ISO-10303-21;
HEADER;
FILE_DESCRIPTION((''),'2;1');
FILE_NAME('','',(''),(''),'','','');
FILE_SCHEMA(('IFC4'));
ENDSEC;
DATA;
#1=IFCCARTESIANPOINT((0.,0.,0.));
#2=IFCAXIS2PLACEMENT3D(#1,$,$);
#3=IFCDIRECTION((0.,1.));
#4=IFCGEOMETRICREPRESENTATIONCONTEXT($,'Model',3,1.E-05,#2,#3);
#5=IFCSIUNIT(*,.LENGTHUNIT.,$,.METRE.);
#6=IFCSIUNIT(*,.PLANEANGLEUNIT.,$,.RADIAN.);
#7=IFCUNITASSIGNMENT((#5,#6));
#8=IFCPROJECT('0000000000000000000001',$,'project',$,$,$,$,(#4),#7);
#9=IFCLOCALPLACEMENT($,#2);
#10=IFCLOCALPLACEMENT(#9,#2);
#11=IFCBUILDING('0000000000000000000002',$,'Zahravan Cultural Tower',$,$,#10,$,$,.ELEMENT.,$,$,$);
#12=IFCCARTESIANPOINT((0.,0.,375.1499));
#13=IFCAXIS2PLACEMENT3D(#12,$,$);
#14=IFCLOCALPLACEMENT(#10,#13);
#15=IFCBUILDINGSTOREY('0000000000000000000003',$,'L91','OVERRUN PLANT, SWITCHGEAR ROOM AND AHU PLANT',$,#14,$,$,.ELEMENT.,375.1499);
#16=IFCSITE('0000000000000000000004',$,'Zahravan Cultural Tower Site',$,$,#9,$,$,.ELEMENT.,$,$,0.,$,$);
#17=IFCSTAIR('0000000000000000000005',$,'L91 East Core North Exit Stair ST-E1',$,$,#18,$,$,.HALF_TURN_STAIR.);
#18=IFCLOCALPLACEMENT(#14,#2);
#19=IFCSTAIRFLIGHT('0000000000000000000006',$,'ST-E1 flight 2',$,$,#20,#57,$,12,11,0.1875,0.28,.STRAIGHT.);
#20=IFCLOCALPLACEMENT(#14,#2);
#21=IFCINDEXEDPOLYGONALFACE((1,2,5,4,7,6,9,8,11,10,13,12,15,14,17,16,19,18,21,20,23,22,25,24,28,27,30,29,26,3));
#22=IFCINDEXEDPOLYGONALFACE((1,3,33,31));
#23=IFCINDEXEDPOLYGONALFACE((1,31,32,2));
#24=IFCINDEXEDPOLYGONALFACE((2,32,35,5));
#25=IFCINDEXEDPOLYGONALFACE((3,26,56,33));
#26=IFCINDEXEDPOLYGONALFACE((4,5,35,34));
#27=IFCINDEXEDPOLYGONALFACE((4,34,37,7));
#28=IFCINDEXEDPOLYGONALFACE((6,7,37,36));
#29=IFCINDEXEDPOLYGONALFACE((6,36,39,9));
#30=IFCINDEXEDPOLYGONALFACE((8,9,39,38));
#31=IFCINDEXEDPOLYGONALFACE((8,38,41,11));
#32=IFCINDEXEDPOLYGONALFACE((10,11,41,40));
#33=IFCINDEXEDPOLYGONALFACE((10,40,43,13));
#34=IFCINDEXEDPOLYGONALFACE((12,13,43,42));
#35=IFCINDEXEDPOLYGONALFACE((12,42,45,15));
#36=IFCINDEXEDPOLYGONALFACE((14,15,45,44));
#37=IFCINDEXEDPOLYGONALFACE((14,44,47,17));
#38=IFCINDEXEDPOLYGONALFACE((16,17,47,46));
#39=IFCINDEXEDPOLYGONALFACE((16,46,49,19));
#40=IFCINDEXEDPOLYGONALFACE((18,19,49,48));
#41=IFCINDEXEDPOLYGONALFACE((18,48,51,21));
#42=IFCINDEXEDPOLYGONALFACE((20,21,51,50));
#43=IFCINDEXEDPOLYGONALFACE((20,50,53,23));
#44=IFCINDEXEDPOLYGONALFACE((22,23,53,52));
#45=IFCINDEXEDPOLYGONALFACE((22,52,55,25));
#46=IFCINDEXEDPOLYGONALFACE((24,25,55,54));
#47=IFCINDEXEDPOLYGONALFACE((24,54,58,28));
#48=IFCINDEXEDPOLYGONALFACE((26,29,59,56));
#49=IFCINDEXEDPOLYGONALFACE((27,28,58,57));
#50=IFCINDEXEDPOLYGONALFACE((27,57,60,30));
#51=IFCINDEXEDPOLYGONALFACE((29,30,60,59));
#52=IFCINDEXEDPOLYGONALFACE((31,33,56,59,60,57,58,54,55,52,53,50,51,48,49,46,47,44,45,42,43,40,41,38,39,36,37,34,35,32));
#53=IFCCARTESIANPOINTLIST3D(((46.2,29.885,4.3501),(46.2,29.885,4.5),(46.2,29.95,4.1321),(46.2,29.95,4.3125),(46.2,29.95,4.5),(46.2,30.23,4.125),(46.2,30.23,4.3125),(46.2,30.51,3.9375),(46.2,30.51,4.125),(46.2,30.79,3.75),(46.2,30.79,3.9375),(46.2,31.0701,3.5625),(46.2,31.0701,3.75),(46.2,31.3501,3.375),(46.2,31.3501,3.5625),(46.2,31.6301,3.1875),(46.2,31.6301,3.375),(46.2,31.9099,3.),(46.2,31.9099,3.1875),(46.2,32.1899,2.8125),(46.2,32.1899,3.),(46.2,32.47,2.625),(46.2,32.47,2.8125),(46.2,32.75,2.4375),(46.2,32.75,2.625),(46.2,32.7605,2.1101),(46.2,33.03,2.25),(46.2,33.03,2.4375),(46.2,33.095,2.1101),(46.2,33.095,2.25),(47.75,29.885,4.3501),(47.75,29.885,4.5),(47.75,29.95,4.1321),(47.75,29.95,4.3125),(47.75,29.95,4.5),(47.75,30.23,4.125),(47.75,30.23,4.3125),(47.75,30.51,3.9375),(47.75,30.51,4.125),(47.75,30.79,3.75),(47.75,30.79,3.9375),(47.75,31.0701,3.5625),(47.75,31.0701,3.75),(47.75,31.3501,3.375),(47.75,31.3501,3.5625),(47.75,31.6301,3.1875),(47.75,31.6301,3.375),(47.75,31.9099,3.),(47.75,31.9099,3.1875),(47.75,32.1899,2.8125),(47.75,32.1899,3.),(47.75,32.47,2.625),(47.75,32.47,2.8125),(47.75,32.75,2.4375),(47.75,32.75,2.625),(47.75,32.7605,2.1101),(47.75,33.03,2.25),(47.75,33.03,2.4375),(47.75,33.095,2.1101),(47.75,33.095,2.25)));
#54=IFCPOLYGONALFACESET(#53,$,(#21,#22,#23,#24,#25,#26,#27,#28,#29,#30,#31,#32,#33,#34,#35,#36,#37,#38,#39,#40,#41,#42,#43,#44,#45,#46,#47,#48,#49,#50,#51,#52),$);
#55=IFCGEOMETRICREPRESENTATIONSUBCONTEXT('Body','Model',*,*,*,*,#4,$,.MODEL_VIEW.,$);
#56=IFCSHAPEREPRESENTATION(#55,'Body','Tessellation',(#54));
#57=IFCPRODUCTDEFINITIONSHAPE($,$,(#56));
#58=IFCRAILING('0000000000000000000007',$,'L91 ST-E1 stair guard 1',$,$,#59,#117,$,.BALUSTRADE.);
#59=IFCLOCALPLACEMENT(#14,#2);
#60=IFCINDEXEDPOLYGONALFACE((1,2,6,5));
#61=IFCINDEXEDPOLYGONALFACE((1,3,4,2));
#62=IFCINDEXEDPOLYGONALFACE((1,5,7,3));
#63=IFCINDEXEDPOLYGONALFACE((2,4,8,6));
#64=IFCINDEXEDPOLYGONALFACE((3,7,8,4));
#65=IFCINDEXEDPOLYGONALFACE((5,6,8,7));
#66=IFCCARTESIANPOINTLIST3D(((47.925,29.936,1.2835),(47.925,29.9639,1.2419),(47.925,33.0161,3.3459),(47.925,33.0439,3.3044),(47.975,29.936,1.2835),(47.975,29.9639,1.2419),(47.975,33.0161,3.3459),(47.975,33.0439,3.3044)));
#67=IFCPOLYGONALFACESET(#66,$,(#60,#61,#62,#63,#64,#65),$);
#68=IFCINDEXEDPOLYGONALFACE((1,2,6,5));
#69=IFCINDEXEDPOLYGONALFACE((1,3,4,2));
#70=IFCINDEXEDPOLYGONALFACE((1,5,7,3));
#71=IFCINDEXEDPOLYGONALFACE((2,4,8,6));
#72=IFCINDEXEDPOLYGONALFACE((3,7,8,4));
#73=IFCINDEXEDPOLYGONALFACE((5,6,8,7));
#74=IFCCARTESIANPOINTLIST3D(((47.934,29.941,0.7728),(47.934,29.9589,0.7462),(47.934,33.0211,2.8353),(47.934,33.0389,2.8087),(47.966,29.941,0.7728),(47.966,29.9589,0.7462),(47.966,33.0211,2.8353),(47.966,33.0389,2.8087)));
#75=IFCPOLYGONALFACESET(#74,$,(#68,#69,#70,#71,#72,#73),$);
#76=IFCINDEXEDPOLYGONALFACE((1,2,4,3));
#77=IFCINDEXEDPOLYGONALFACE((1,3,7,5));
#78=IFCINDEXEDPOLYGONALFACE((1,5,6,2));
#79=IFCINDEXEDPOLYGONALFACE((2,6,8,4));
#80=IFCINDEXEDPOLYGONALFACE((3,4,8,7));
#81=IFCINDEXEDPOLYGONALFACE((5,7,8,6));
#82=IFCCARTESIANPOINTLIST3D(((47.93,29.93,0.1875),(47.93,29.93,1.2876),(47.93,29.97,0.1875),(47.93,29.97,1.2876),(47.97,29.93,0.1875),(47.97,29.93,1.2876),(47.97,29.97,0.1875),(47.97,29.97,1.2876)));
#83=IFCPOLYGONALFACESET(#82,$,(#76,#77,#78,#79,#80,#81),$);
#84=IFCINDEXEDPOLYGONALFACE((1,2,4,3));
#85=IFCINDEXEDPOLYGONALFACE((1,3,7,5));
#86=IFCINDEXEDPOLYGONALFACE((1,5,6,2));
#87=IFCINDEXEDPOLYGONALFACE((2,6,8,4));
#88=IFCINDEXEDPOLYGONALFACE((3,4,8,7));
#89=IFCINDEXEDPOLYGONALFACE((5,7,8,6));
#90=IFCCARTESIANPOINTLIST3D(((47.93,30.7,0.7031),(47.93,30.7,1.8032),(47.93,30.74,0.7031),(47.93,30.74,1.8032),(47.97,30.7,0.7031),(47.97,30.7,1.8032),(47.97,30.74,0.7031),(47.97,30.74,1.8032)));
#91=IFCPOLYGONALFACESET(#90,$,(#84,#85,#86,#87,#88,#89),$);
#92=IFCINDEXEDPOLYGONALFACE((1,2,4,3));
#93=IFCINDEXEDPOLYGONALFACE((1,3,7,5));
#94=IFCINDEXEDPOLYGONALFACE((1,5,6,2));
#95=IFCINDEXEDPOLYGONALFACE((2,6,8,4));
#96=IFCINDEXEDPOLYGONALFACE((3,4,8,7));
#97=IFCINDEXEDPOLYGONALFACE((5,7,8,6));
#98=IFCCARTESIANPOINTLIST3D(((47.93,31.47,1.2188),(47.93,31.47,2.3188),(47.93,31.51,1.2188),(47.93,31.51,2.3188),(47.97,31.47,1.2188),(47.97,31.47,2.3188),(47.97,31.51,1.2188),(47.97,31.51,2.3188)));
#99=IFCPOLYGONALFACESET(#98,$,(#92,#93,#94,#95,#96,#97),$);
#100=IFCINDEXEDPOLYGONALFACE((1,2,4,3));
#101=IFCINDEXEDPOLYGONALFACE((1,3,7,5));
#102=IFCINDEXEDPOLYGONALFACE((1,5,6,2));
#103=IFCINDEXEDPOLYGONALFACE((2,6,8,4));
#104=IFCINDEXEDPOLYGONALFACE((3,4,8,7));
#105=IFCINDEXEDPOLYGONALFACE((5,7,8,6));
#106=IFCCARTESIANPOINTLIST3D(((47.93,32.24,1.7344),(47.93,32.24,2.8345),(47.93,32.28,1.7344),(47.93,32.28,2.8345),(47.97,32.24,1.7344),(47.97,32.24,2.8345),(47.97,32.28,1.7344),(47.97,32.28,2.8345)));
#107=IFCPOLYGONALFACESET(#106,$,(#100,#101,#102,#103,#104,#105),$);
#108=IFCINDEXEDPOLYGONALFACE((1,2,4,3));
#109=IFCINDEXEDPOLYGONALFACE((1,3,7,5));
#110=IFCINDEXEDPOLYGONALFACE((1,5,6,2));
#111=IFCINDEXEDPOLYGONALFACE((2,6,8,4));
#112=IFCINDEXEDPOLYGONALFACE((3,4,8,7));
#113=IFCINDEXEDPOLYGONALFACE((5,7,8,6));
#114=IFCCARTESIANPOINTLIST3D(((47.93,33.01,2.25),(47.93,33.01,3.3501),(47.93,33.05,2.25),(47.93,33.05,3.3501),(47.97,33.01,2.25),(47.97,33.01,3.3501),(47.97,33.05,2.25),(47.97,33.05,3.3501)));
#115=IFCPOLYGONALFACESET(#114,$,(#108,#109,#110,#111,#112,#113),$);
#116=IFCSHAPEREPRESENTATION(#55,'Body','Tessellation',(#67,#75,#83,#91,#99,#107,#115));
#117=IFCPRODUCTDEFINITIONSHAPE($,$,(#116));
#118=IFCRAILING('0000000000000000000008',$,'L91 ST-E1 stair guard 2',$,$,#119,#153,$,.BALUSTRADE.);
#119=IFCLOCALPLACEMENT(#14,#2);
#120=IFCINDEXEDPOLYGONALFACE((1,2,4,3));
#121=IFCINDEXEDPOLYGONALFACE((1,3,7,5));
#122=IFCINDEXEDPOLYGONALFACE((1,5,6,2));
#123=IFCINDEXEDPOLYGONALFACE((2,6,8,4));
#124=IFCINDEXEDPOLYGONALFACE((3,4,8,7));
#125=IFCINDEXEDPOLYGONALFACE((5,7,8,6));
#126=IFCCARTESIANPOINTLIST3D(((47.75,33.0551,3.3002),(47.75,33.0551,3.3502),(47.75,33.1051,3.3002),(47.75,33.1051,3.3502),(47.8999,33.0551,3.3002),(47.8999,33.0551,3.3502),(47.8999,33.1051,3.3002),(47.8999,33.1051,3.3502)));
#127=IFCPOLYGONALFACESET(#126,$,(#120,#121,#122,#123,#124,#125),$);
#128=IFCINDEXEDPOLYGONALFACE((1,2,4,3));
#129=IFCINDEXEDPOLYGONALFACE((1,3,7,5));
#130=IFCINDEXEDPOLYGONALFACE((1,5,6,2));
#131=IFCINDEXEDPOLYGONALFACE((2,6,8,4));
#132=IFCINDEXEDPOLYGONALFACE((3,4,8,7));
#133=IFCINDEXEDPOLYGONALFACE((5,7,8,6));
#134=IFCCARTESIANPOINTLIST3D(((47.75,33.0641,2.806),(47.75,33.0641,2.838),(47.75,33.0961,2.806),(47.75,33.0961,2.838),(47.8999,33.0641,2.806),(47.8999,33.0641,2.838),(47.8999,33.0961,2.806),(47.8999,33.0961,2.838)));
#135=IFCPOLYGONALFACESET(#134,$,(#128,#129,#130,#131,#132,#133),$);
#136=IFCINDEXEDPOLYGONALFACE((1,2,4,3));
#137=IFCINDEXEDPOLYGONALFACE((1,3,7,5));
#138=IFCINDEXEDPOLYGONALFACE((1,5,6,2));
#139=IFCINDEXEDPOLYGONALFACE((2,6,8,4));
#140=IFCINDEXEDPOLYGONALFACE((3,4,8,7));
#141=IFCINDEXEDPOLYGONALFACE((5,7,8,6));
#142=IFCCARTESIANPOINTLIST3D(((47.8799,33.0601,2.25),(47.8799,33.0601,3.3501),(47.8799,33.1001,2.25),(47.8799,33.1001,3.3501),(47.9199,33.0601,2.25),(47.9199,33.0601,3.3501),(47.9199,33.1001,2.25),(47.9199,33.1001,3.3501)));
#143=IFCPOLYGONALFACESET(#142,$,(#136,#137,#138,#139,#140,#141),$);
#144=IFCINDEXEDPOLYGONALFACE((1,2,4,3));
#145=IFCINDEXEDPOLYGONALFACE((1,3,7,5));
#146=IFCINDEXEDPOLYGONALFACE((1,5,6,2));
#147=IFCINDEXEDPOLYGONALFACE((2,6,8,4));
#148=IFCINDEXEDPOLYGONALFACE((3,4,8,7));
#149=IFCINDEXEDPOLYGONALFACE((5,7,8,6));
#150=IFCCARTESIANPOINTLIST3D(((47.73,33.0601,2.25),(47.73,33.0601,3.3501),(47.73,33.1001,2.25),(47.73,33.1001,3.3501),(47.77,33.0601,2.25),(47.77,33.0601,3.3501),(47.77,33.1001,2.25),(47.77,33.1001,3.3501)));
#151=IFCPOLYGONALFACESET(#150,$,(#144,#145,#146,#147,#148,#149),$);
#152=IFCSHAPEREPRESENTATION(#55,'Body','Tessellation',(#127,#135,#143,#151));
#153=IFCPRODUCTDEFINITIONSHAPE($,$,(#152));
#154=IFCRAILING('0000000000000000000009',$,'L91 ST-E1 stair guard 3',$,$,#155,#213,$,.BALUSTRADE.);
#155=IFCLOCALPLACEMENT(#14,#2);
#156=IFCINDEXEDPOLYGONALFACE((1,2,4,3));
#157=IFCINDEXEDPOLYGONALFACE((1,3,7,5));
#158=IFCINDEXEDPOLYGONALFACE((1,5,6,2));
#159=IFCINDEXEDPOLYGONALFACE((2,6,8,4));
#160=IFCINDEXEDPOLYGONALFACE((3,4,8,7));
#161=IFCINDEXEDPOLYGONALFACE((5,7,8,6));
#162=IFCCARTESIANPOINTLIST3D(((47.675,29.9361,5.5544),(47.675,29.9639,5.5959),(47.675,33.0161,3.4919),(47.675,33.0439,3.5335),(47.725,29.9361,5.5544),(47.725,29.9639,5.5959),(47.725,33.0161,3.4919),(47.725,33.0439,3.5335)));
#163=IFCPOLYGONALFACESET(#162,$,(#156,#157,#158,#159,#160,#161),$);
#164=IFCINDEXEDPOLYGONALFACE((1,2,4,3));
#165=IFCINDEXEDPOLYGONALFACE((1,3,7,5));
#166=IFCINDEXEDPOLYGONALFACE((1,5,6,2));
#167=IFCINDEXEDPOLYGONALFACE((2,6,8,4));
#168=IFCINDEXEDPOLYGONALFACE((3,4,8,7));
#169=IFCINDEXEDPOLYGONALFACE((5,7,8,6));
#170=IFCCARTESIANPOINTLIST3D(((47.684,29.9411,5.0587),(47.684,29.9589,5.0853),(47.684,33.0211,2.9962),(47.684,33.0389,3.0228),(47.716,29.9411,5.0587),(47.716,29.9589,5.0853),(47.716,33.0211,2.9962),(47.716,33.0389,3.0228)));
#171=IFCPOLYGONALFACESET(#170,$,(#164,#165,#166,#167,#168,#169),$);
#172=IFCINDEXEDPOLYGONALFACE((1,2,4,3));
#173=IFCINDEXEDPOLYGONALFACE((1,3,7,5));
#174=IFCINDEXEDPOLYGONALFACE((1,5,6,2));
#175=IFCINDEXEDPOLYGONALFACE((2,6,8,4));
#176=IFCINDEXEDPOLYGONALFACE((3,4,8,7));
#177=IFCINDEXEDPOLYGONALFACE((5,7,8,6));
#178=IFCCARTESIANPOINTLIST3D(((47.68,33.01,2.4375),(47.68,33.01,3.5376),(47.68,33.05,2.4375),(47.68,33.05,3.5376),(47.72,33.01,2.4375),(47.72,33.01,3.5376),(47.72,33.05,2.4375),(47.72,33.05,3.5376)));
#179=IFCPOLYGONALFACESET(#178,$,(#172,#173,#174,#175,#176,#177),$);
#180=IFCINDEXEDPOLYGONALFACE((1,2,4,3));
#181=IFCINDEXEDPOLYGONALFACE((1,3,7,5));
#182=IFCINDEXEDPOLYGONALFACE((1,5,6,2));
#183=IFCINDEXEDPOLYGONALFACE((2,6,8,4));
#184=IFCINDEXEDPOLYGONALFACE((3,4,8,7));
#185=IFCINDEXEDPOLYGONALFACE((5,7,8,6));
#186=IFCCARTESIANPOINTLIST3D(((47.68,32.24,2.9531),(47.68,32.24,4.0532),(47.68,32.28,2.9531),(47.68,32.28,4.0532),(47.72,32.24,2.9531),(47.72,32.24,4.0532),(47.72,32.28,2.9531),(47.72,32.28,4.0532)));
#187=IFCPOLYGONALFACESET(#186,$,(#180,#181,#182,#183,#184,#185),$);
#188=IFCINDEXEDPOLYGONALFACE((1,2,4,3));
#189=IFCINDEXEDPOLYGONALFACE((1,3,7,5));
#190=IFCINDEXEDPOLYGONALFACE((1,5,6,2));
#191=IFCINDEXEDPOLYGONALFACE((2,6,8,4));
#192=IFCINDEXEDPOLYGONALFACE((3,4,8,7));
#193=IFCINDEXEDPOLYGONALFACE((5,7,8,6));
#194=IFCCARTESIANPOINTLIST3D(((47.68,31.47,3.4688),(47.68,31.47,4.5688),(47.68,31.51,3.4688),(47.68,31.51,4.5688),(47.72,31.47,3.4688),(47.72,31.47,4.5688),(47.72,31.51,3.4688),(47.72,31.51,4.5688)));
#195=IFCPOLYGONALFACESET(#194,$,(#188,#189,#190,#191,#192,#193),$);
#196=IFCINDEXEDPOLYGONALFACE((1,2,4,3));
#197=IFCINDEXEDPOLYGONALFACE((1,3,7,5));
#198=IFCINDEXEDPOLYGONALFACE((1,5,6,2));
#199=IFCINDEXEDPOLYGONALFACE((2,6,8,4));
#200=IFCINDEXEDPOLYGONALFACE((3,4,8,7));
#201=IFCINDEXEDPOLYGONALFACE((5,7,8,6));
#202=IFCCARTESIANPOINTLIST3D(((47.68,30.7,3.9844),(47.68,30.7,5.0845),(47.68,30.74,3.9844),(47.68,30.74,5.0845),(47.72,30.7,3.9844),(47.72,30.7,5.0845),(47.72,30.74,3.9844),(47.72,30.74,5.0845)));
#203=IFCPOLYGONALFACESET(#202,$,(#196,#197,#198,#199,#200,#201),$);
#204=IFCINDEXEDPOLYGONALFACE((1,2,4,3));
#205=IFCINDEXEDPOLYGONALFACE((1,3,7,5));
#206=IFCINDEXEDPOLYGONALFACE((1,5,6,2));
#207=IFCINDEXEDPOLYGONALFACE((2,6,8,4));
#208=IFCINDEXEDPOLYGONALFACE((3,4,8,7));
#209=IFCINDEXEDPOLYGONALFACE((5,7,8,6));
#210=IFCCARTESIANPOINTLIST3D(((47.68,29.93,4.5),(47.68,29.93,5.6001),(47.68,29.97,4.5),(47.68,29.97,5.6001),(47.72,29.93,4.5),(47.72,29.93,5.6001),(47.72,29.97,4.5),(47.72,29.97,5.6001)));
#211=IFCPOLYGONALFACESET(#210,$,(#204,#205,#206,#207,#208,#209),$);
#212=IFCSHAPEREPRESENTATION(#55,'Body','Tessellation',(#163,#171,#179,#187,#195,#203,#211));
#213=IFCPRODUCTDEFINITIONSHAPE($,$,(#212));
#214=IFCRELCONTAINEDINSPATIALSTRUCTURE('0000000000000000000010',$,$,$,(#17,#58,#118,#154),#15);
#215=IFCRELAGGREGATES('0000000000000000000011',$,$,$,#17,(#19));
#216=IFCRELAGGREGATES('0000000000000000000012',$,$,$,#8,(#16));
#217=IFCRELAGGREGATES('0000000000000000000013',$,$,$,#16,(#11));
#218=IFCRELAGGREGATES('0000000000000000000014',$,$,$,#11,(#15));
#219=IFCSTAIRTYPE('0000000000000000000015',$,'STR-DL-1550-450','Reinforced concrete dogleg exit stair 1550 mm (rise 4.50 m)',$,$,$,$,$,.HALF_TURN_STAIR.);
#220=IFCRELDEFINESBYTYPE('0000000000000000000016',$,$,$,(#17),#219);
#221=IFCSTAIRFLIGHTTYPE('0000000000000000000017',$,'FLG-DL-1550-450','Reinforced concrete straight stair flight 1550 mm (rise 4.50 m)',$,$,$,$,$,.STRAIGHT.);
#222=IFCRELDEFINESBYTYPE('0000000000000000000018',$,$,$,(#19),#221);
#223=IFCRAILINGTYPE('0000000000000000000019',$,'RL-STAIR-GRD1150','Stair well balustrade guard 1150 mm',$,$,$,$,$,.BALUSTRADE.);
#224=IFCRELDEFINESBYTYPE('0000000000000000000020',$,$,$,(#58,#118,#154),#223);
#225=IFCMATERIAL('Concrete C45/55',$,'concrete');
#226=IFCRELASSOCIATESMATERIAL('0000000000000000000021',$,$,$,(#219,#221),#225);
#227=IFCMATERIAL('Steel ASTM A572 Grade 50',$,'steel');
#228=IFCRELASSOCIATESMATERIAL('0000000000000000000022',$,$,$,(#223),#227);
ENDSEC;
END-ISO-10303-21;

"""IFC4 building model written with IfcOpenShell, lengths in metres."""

from ifc_helpers import new_model, si_unit, direction, frame, origin, origin_2d, place, context, subcontext, project, spatial, polyline, rectangle, outline, extrude, material, type_object, element, aggregate, save


model = new_model("IFC4")

# Units and contexts
model_context = context("Model", 3, precision=1e-05, world=origin(), true_north=direction((0.0, 1.0)))
body_context = subcontext(model_context, "Body", "Model", "MODEL_VIEW")
ifc_project = project(units=[si_unit("LENGTHUNIT", "METRE"), si_unit("PLANEANGLEUNIT", "RADIAN")], contexts=[model_context])

# Site, building, storey
site_placement = place(None, origin())
site = spatial("IfcSite", under=ifc_project, at=site_placement, Name="Zahravan Cultural Tower Site", CompositionType="ELEMENT", RefElevation=0.0)
building_placement = place(site_placement, origin())
building = spatial("IfcBuilding", under=site, at=building_placement, Name="Zahravan Cultural Tower", CompositionType="ELEMENT")
storey_placement = place(building_placement, frame((0.0, 0.0, 375.1499)))
storey = spatial("IfcBuildingStorey", under=building, at=storey_placement, Name="L91", Description="OVERRUN PLANT, SWITCHGEAR ROOM AND AHU PLANT", CompositionType="ELEMENT", Elevation=375.1499)

# Shared definitions
ifc_material_1 = material(Name="Concrete C45/55", Category="concrete")

# Shared definitions
ifc_material_2 = material(Name="Steel ASTM A572 Grade 50", Category="steel")

# Stair, stair flight
stair_type = type_object("IfcStairType", Name="STR-DL-1550-450", Description="Reinforced concrete dogleg exit stair 1550 mm (rise 4.50 m)", PredefinedType="HALF_TURN_STAIR", material=ifc_material_1)
stair_placement = place(storey_placement, origin())
stair = element("IfcStair", 1, at=stair_placement, inside=storey, type_object=stair_type, Name="L91 East Core North Exit Stair ST-E1", PredefinedType="HALF_TURN_STAIR")
stair_flight_type = type_object("IfcStairFlightType", Name="FLG-DL-1550-450", Description="Reinforced concrete straight stair flight 1550 mm (rise 4.50 m)", PredefinedType="STRAIGHT", material=ifc_material_1)
stair_flight_1_placement = place(storey_placement, frame((46.9751, 33.03, 2.25), z_axis=(0.0, 0.0, 1.0), x_axis=(0.0, -1.0, 0.0)))
stair_flight_1 = element("IfcStairFlight", 2, at=stair_flight_1_placement, type_object=stair_flight_type, Name="ST-E1 flight 2", NumberOfRisers=12, NumberOfTreads=11, PredefinedType="STRAIGHT", RiserHeight=0.1875, TreadLength=0.28, context=body_context, shape_type="SweptSolid", body=[
    extrude(outline(polyline([(-0.0649, -0.1399), (-0.0649, 0.0), (0.0, 0.0), (0.0, 0.1875), (0.28, 0.1875), (0.28, 0.375), (0.5601, 0.375), (0.5601, 0.5625), (0.8401, 0.5625), (0.8401, 0.75), (1.1201, 0.75), (1.1201, 0.9375), (1.3999, 0.9375), (1.3999, 1.125), (1.6799, 1.125), (1.6799, 1.3125), (1.96, 1.3125), (1.96, 1.5), (2.24, 1.5), (2.24, 1.6875), (2.52, 1.6875), (2.52, 1.875), (2.8, 1.875), (2.8, 2.0625), (3.0801, 2.0625), (3.0801, 2.25), (3.145, 2.25), (3.145, 2.1001), (3.0801, 1.8821), (0.2695, -0.1399), (-0.0649, -0.1399)])), frame((0.0, 0.7749, 0.0), z_axis=(0.0, -1.0, 0.0), x_axis=(1.0, 0.0, 0.0)), (0.0, 0.0, 1.0), 1.55),
])
aggregate(stair, [stair_flight_1])

# Railings
railing_type_1 = type_object("IfcRailingType", Name="RL-STAIR-GRD1150", Description="Stair well balustrade guard 1150 mm", PredefinedType="BALUSTRADE", material=ifc_material_2)
railing_1_placement = place(storey_placement, frame((47.95, 29.95, 0.1875)))
element("IfcRailing", 3, at=railing_1_placement, inside=storey, type_object=railing_type_1, Name="L91 ST-E1 stair guard 1", PredefinedType="BALUSTRADE", context=body_context, shape_type="SweptSolid", body=[
    extrude(rectangle(XDim=0.05, YDim=0.05, at=origin_2d()), frame((0.0, 0.0, 1.0752), z_axis=(0.0, 0.830914, 0.556401), x_axis=(-1.0, 0.0, 0.0)), (0.0, 0.0, 1.0), 3.7068),
    extrude(rectangle(XDim=0.032, YDim=0.032, at=origin_2d()), frame((0.0, 0.0, 0.572), z_axis=(0.0, 0.830914, 0.556401), x_axis=(-1.0, 0.0, 0.0)), (0.0, 0.0, 1.0), 3.7068),
    extrude(rectangle(XDim=0.04, YDim=0.04, at=origin_2d()), origin(), (0.0, 0.0, 1.0), 1.1001),
    extrude(rectangle(XDim=0.04, YDim=0.04, at=origin_2d()), frame((0.0, 0.77, 0.5156)), (0.0, 0.0, 1.0), 1.1001),
    extrude(rectangle(XDim=0.04, YDim=0.04, at=origin_2d()), frame((0.0, 1.54, 1.0312)), (0.0, 0.0, 1.0), 1.1001),
    extrude(rectangle(XDim=0.04, YDim=0.04, at=origin_2d()), frame((0.0, 2.3101, 1.5469)), (0.0, 0.0, 1.0), 1.1001),
    extrude(rectangle(XDim=0.04, YDim=0.04, at=origin_2d()), frame((0.0, 3.0801, 2.0625)), (0.0, 0.0, 1.0), 1.1001),
])
railing_2_placement = place(storey_placement, frame((47.8999, 33.0801, 2.25)))
element("IfcRailing", 4, at=railing_2_placement, inside=storey, type_object=railing_type_1, Name="L91 ST-E1 stair guard 2", PredefinedType="BALUSTRADE", context=body_context, shape_type="SweptSolid", body=[
    extrude(rectangle(XDim=0.05, YDim=0.05, at=origin_2d()), frame((0.0, 0.0, 1.0752), z_axis=(-1.0, 0.0, 0.0), x_axis=(0.0, -1.0, 0.0)), (0.0, 0.0, 1.0), 0.1499),
    extrude(rectangle(XDim=0.032, YDim=0.032, at=origin_2d()), frame((0.0, 0.0, 0.572), z_axis=(-1.0, 0.0, 0.0), x_axis=(0.0, -1.0, 0.0)), (0.0, 0.0, 1.0), 0.1499),
    extrude(rectangle(XDim=0.04, YDim=0.04, at=origin_2d()), origin(), (0.0, 0.0, 1.0), 1.1001),
    extrude(rectangle(XDim=0.04, YDim=0.04, at=origin_2d()), frame((-0.1499, 0.0, 0.0)), (0.0, 0.0, 1.0), 1.1001),
])
railing_3_placement = place(storey_placement, frame((47.7, 33.03, 2.4375)))
element("IfcRailing", 5, at=railing_3_placement, inside=storey, type_object=railing_type_1, Name="L91 ST-E1 stair guard 3", PredefinedType="BALUSTRADE", context=body_context, shape_type="SweptSolid", body=[
    extrude(rectangle(XDim=0.05, YDim=0.05, at=origin_2d()), frame((0.0, 0.0, 1.0752), z_axis=(0.0, -0.830914, 0.556401), x_axis=(1.0, 0.0, 0.0)), (0.0, 0.0, 1.0), 3.7068),
    extrude(rectangle(XDim=0.032, YDim=0.032, at=origin_2d()), frame((0.0, 0.0, 0.572), z_axis=(0.0, -0.830914, 0.556401), x_axis=(1.0, 0.0, 0.0)), (0.0, 0.0, 1.0), 3.7068),
    extrude(rectangle(XDim=0.04, YDim=0.04, at=origin_2d()), origin(), (0.0, 0.0, 1.0), 1.1001),
    extrude(rectangle(XDim=0.04, YDim=0.04, at=origin_2d()), frame((0.0, -0.77, 0.5156)), (0.0, 0.0, 1.0), 1.1001),
    extrude(rectangle(XDim=0.04, YDim=0.04, at=origin_2d()), frame((0.0, -1.54, 1.0312)), (0.0, 0.0, 1.0), 1.1001),
    extrude(rectangle(XDim=0.04, YDim=0.04, at=origin_2d()), frame((0.0, -2.3101, 1.5469)), (0.0, 0.0, 1.0), 1.1001),
    extrude(rectangle(XDim=0.04, YDim=0.04, at=origin_2d()), frame((0.0, -3.0801, 2.0625)), (0.0, 0.0, 1.0), 1.1001),
])

save(model, "model.ifc")
